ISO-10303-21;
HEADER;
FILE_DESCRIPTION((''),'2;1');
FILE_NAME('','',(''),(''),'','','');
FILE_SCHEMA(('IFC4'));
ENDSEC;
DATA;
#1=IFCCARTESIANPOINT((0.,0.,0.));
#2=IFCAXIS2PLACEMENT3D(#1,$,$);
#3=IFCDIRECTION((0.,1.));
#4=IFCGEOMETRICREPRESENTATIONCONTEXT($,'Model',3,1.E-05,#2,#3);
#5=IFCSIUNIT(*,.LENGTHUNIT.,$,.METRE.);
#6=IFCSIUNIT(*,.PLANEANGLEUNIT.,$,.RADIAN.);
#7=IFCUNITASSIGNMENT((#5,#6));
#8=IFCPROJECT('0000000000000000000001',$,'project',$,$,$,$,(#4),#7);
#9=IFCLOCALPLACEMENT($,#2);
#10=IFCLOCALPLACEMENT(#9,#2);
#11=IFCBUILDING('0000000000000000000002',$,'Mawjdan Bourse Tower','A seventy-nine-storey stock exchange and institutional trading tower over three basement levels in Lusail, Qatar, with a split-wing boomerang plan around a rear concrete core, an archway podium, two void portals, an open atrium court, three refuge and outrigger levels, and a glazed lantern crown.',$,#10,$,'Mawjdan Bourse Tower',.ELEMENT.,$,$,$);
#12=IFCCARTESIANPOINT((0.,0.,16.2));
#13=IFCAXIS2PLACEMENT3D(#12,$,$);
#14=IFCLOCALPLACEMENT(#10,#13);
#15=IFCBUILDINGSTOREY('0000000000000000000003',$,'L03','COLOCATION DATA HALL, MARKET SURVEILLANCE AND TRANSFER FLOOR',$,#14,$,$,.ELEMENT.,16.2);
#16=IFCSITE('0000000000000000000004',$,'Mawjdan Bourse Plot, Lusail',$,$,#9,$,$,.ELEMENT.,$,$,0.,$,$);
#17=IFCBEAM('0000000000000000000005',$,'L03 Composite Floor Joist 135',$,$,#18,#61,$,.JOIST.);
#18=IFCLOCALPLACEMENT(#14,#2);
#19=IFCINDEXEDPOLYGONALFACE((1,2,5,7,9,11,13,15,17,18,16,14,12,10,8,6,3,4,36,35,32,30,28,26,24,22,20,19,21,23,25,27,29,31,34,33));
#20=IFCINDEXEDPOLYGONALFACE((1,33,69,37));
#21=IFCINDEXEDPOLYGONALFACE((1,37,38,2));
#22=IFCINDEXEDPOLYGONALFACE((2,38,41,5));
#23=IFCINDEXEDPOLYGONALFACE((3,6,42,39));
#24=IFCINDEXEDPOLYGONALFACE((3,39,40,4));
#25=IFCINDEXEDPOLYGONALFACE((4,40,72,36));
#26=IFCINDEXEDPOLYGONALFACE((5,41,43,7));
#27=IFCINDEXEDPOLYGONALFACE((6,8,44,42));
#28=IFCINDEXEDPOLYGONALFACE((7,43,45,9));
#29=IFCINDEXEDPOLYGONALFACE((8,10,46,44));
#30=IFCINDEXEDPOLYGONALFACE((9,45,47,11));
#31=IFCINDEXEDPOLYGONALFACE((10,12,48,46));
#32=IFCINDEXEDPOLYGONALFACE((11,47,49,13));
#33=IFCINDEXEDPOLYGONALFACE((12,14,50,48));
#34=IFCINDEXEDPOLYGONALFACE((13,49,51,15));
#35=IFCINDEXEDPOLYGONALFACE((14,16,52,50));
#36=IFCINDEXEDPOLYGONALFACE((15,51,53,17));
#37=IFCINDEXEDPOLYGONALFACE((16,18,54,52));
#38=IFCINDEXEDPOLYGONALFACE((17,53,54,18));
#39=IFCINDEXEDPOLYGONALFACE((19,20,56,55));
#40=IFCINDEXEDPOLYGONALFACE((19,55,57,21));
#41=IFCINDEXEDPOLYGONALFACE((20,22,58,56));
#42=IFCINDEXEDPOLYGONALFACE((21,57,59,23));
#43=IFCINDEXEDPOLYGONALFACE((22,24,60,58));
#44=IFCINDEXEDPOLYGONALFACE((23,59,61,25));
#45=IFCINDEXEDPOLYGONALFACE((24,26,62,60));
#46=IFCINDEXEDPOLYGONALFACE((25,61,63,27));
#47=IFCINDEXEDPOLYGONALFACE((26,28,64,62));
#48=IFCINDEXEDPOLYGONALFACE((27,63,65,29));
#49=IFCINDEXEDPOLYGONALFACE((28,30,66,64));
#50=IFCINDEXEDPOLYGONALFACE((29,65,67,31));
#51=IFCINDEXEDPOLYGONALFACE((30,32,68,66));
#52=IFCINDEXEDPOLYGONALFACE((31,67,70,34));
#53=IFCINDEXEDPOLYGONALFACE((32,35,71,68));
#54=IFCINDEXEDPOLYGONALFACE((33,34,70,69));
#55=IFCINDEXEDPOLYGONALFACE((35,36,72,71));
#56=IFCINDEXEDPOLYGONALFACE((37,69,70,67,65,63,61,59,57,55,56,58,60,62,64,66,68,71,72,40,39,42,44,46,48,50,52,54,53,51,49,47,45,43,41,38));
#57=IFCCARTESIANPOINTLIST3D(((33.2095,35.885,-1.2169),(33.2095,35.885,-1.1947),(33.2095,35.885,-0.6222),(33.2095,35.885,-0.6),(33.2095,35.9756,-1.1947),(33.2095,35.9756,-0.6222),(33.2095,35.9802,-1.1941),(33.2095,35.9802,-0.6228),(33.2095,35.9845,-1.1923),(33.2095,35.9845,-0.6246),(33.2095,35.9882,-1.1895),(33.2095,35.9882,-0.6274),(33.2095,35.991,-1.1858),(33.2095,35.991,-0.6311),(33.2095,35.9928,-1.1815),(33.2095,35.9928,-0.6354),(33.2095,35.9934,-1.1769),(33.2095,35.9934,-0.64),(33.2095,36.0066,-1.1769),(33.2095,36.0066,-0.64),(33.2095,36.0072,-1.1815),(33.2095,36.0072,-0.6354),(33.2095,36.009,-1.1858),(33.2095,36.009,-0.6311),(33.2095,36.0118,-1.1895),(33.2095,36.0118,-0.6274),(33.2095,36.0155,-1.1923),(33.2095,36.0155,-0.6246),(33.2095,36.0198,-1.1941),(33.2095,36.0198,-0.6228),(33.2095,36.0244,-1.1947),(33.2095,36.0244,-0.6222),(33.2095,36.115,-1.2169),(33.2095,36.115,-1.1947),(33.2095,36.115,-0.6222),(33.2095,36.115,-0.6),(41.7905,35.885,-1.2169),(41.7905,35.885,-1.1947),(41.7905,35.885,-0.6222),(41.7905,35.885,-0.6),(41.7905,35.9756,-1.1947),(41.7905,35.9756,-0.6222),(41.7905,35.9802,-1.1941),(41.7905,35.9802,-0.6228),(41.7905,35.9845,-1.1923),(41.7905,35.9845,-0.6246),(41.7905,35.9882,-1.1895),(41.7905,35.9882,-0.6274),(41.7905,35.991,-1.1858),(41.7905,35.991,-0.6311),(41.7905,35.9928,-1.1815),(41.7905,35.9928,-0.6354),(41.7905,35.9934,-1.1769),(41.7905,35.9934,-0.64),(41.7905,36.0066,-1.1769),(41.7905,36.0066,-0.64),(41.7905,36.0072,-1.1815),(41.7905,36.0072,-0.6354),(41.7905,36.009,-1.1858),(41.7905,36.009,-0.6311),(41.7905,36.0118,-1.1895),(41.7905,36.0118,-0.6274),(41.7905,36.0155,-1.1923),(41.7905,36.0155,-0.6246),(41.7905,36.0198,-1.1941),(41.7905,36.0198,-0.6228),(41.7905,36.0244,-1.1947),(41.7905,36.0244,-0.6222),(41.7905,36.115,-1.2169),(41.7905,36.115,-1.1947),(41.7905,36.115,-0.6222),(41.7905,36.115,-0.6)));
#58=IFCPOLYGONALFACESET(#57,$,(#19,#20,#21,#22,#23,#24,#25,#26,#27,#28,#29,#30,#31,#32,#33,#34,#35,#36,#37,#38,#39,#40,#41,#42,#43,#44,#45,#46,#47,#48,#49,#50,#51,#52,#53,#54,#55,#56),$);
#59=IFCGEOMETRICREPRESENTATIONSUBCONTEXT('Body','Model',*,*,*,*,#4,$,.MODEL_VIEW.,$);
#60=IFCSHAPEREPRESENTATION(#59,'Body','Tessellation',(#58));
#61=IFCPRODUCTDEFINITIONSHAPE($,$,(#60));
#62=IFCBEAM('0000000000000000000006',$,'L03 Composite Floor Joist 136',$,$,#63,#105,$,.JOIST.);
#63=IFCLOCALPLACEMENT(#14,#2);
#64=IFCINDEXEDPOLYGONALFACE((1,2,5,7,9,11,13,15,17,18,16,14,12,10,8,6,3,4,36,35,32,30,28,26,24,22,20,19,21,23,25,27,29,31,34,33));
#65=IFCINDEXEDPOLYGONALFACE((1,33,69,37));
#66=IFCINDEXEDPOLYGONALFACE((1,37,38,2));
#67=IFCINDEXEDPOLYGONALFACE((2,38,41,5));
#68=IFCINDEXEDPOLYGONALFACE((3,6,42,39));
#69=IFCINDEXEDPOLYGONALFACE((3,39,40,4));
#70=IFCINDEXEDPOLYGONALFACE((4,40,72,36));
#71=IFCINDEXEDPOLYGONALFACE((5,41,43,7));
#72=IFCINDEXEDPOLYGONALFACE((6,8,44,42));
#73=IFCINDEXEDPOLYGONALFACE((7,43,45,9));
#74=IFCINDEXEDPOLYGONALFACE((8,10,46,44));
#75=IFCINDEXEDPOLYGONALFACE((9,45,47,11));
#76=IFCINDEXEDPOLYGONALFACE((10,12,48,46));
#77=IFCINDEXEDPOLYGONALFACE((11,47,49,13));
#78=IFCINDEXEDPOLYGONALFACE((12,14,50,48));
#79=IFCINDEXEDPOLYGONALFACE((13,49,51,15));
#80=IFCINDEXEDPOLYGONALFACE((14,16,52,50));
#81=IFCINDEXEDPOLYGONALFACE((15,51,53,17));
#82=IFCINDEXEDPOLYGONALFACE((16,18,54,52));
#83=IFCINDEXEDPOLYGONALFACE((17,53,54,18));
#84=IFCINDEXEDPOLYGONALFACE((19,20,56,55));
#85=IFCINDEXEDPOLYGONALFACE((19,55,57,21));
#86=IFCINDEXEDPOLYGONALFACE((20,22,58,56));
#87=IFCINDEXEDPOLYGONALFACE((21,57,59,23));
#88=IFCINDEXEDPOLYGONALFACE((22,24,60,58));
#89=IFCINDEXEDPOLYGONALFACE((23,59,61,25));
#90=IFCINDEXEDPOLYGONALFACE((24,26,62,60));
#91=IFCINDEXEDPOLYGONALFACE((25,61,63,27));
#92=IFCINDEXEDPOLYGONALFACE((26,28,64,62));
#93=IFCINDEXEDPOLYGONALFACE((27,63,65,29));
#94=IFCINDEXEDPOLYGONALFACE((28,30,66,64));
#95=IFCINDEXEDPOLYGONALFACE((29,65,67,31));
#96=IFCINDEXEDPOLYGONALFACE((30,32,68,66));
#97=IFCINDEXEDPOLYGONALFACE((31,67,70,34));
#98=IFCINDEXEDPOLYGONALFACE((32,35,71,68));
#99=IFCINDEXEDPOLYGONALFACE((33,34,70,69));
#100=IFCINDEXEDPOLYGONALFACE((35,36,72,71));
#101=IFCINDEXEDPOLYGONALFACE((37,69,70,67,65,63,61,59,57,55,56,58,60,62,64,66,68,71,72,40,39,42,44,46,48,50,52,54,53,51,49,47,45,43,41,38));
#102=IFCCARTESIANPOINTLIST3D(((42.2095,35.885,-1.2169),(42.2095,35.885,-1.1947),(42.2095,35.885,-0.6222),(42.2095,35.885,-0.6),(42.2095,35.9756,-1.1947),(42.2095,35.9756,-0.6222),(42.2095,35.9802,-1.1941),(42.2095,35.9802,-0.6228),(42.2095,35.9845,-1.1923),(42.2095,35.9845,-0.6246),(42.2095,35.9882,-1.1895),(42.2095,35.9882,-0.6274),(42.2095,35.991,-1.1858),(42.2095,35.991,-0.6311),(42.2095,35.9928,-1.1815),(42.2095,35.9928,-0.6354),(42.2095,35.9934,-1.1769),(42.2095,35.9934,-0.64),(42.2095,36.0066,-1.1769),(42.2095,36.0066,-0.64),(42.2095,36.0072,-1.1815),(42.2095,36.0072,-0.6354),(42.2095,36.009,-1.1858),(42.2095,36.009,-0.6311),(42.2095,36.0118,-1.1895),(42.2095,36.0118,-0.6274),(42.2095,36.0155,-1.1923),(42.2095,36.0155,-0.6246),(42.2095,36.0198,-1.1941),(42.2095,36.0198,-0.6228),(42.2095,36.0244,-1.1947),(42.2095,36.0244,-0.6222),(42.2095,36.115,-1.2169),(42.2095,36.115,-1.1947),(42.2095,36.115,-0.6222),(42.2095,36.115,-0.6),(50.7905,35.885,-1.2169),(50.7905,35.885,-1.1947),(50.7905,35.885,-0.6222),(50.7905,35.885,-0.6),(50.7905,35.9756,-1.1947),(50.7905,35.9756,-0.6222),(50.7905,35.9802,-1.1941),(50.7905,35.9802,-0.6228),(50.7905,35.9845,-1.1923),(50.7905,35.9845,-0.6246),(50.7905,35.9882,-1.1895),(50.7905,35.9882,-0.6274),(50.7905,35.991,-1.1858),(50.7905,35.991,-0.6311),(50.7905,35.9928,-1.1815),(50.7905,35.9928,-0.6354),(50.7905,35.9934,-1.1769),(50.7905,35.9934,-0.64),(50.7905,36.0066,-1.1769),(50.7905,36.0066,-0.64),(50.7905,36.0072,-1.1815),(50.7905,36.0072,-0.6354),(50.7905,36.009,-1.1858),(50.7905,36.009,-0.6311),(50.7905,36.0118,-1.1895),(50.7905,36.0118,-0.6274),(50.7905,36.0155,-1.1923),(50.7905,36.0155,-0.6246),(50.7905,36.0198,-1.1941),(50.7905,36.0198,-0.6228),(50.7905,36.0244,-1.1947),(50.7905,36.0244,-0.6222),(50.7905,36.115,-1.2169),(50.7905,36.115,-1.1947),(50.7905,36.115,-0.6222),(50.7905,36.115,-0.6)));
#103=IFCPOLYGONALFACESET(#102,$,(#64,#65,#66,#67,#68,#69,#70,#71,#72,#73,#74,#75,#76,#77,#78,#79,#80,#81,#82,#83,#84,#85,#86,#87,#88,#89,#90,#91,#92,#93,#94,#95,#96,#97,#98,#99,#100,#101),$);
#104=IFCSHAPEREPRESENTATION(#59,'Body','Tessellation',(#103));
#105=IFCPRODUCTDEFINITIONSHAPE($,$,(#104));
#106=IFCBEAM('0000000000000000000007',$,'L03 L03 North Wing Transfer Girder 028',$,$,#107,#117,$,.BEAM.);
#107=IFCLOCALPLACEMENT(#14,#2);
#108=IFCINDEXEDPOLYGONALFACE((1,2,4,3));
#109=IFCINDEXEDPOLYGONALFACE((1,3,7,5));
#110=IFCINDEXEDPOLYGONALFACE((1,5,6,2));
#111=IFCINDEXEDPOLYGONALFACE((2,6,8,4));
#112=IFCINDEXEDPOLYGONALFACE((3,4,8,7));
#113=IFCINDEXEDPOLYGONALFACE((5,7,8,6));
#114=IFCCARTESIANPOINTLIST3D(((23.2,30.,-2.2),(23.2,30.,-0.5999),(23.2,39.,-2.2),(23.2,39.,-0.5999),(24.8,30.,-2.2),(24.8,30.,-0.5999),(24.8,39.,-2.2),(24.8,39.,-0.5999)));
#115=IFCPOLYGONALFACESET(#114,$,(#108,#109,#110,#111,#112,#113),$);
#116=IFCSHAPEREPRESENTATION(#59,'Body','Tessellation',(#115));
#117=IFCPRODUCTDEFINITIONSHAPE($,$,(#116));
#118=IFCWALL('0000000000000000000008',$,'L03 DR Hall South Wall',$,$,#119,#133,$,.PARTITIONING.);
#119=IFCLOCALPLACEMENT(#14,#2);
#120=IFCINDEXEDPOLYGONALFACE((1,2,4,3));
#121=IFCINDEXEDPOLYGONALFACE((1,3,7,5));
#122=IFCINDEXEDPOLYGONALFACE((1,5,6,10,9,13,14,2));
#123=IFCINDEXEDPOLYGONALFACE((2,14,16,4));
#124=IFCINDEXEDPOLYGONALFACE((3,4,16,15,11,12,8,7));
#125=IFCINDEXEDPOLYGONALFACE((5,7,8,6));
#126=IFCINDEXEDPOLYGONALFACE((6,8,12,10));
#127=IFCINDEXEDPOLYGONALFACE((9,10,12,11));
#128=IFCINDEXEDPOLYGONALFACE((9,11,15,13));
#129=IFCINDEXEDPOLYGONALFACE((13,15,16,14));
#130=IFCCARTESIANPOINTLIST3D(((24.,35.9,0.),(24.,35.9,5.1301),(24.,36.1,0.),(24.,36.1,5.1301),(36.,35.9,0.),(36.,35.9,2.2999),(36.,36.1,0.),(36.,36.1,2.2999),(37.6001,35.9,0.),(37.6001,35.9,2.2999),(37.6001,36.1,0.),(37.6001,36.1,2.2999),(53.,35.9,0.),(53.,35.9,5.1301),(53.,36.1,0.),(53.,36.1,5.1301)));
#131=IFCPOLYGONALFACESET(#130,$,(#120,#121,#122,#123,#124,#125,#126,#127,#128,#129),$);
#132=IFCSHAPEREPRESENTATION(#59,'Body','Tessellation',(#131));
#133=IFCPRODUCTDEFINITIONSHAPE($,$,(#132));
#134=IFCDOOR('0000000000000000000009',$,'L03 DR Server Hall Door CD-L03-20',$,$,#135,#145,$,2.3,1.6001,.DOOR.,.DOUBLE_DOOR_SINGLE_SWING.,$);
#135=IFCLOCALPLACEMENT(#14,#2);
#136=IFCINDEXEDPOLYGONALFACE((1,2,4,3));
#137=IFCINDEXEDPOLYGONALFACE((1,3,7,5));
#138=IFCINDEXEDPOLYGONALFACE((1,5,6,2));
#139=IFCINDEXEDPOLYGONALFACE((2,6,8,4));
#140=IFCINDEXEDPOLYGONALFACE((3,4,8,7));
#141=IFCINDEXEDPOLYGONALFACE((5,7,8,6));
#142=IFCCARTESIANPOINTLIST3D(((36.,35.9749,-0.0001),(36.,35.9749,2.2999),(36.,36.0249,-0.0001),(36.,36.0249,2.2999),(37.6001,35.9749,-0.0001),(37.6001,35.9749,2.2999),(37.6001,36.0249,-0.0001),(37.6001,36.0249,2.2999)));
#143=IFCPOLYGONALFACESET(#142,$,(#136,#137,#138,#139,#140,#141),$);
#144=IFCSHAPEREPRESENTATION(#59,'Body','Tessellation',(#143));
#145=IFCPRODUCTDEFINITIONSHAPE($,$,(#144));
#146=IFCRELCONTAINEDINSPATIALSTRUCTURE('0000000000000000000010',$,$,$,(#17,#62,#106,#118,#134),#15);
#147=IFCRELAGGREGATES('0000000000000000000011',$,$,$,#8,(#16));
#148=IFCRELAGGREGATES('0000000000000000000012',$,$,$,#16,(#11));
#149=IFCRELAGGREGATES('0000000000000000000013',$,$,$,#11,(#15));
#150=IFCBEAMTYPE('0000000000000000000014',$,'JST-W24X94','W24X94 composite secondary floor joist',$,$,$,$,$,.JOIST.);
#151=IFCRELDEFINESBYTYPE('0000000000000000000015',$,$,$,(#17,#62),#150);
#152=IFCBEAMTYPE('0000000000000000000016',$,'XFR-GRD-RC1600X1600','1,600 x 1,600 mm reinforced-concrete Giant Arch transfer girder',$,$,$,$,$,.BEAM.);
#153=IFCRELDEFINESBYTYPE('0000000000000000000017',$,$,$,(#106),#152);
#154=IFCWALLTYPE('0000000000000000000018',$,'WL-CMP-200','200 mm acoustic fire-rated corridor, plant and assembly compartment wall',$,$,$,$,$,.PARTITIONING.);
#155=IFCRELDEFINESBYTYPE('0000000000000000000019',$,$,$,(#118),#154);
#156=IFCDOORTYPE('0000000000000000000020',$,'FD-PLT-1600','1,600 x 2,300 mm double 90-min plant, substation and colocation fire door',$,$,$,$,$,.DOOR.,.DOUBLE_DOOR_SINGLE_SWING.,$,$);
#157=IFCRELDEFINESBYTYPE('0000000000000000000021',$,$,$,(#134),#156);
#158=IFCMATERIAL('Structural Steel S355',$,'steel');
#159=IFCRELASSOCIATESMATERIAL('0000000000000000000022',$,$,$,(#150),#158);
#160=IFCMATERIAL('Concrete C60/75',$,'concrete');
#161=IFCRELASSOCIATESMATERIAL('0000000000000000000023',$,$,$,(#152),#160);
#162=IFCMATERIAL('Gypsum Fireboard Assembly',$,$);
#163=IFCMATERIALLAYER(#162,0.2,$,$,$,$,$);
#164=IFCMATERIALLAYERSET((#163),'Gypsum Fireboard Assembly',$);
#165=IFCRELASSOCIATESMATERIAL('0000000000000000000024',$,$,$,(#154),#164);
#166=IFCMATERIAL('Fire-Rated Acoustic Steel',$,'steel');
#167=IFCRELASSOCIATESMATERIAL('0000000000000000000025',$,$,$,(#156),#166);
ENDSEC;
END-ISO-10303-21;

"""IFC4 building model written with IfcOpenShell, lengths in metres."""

from ifc_helpers import new_model, si_unit, direction, frame, frame_2d, origin, origin_2d, place, context, subcontext, project, spatial, rectangle, i_section, extrude, material, layer, layer_set, material_profile, profile_set, type_object, element, fill, save


model = new_model("IFC4")

# Units and contexts
model_context = context("Model", 3, precision=1e-05, world=origin(), true_north=direction((0.0, 1.0)))
body_context = subcontext(model_context, "Body", "Model", "MODEL_VIEW")
ifc_project = project(units=[si_unit("LENGTHUNIT", "METRE"), si_unit("PLANEANGLEUNIT", "RADIAN")], contexts=[model_context])

# Site, building, storey
site_placement = place(None, origin())
site = spatial("IfcSite", under=ifc_project, at=site_placement, Name="Mawjdan Bourse Plot, Lusail", CompositionType="ELEMENT", RefElevation=0.0)
building_placement = place(site_placement, origin())
building = spatial("IfcBuilding", under=site, at=building_placement, Name="Mawjdan Bourse Tower", Description="A seventy-nine-storey stock exchange and institutional trading tower over three basement levels in Lusail, Qatar, with a split-wing boomerang plan around a rear concrete core, an archway podium, two void portals, an open atrium court, three refuge and outrigger levels, and a glazed lantern crown.", LongName="Mawjdan Bourse Tower", CompositionType="ELEMENT")
storey_placement = place(building_placement, frame((0.0, 0.0, 16.2)))
storey = spatial("IfcBuildingStorey", under=building, at=storey_placement, Name="L03", Description="COLOCATION DATA HALL, MARKET SURVEILLANCE AND TRANSFER FLOOR", CompositionType="ELEMENT", Elevation=16.2)

# Beams
ifc_material_1 = material(Name="Structural Steel S355", Category="steel")
ifc_material_profile_1 = material_profile(ifc_material_1, i_section(OverallWidth=0.23, OverallDepth=0.6169, WebThickness=0.0132, FlangeThickness=0.0222, FilletRadius=0.0178, at=origin_2d()), Name="W24X94")
ifc_profile_set_1 = profile_set([ifc_material_profile_1], Name="Structural Steel S355")
beam_type_1 = type_object("IfcBeamType", Name="JST-W24X94", Description="W24X94 composite secondary floor joist", PredefinedType="JOIST", material=ifc_profile_set_1)
for number, where, z_axis, x_axis, name in (
    (1, (33.2095, 36.0, -0.9084), (1.0, 0.0, 0.0), (0.0, 1.0, 0.0), "L03 Composite Floor Joist 135"),
    (2, (42.2095, 36.0, -0.9084), (1.0, 0.0, 0.0), (0.0, 1.0, 0.0), "L03 Composite Floor Joist 136"),
):
    element("IfcBeam", number, at=place(storey_placement, frame(where, z_axis=z_axis, x_axis=x_axis)), inside=storey, type_object=beam_type_1, Name=name, PredefinedType="JOIST", context=body_context, shape_type="SweptSolid", body=[
        extrude(i_section(OverallWidth=0.23, OverallDepth=0.6169, WebThickness=0.0132, FlangeThickness=0.0222, FilletRadius=0.0178, at=origin_2d()), origin(), (0.0, 0.0, 1.0), 8.5811),
    ])
ifc_material_2 = material(Name="Concrete C60/75", Category="concrete")
ifc_material_profile_2 = material_profile(ifc_material_2, rectangle(XDim=1.6001, YDim=1.6001, at=origin_2d()), Name="RC1600X1600")
ifc_profile_set_2 = profile_set([ifc_material_profile_2], Name="Concrete C60/75")
beam_type_2 = type_object("IfcBeamType", Name="XFR-GRD-RC1600X1600", Description="1,600 x 1,600 mm reinforced-concrete Giant Arch transfer girder", PredefinedType="BEAM", material=ifc_profile_set_2)
beam_1_placement = place(storey_placement, frame((24.0, 30.0, -1.3999), z_axis=(0.0, 1.0, 0.0), x_axis=(-1.0, 0.0, 0.0)))
element("IfcBeam", 3, at=beam_1_placement, inside=storey, type_object=beam_type_2, Name="L03 L03 North Wing Transfer Girder 028", PredefinedType="BEAM", context=body_context, shape_type="SweptSolid", body=[
    extrude(rectangle(XDim=1.6001, YDim=1.6001, at=origin_2d()), origin(), (0.0, 0.0, 1.0), 9.0),
])

# Wall, opening, door
ifc_material_3 = material(Name="Gypsum Fireboard Assembly")
ifc_layer = layer(ifc_material_3, 0.2)
ifc_layer_set = layer_set([ifc_layer], Name="Gypsum Fireboard Assembly")
wall_type = type_object("IfcWallType", Name="WL-CMP-200", Description="200 mm acoustic fire-rated corridor, plant and assembly compartment wall", PredefinedType="PARTITIONING", material=ifc_layer_set)
wall_placement = place(storey_placement, frame((24.0, 36.0, 0.0), z_axis=(0.0, 0.0, 1.0), x_axis=(1.0, 0.0, 0.0)))
wall = element("IfcWall", 4, at=wall_placement, inside=storey, type_object=wall_type, Name="L03 DR Hall South Wall", PredefinedType="PARTITIONING", context=body_context, shape_type="SweptSolid", body=[
    extrude(rectangle(XDim=29.0, YDim=0.2, at=frame_2d((14.5, 0.0))), origin(), (0.0, 0.0, 1.0), 5.1301),
])
opening_placement = place(wall_placement, frame((12.0, 0.0, 0.0)))
opening = element("IfcOpeningElement", 5, at=opening_placement, cuts=wall, PredefinedType="OPENING", context=body_context, shape_type="SweptSolid", body=[
    extrude(rectangle(XDim=1.6001, YDim=2.3, at=frame_2d((0.8, 1.1499))), frame((0.0, 0.1099, 0.0), z_axis=(0.0, -1.0, 0.0), x_axis=(1.0, 0.0, 0.0)), (0.0, 0.0, 1.0), 0.22),
])
ifc_material_4 = material(Name="Fire-Rated Acoustic Steel", Category="steel")
door_type = type_object("IfcDoorType", Name="FD-PLT-1600", Description="1,600 x 2,300 mm double 90-min plant, substation and colocation fire door", OperationType="DOUBLE_DOOR_SINGLE_SWING", PredefinedType="DOOR", material=ifc_material_4)
door_placement = place(opening_placement, origin())
door = element("IfcDoor", 6, at=door_placement, inside=storey, type_object=door_type, Name="L03 DR Server Hall Door CD-L03-20", OperationType="DOUBLE_DOOR_SINGLE_SWING", OverallHeight=2.3, OverallWidth=1.6001, PredefinedType="DOOR", context=body_context, shape_type="SweptSolid", body=[
    extrude(rectangle(XDim=1.6001, YDim=2.3, at=frame_2d((0.8, 1.1499))), frame((0.0, 0.0249, 0.0), z_axis=(0.0, -1.0, 0.0), x_axis=(1.0, 0.0, 0.0)), (0.0, 0.0, 1.0), 0.05),
])
fill(opening, door)

save(model, "model.ifc")
